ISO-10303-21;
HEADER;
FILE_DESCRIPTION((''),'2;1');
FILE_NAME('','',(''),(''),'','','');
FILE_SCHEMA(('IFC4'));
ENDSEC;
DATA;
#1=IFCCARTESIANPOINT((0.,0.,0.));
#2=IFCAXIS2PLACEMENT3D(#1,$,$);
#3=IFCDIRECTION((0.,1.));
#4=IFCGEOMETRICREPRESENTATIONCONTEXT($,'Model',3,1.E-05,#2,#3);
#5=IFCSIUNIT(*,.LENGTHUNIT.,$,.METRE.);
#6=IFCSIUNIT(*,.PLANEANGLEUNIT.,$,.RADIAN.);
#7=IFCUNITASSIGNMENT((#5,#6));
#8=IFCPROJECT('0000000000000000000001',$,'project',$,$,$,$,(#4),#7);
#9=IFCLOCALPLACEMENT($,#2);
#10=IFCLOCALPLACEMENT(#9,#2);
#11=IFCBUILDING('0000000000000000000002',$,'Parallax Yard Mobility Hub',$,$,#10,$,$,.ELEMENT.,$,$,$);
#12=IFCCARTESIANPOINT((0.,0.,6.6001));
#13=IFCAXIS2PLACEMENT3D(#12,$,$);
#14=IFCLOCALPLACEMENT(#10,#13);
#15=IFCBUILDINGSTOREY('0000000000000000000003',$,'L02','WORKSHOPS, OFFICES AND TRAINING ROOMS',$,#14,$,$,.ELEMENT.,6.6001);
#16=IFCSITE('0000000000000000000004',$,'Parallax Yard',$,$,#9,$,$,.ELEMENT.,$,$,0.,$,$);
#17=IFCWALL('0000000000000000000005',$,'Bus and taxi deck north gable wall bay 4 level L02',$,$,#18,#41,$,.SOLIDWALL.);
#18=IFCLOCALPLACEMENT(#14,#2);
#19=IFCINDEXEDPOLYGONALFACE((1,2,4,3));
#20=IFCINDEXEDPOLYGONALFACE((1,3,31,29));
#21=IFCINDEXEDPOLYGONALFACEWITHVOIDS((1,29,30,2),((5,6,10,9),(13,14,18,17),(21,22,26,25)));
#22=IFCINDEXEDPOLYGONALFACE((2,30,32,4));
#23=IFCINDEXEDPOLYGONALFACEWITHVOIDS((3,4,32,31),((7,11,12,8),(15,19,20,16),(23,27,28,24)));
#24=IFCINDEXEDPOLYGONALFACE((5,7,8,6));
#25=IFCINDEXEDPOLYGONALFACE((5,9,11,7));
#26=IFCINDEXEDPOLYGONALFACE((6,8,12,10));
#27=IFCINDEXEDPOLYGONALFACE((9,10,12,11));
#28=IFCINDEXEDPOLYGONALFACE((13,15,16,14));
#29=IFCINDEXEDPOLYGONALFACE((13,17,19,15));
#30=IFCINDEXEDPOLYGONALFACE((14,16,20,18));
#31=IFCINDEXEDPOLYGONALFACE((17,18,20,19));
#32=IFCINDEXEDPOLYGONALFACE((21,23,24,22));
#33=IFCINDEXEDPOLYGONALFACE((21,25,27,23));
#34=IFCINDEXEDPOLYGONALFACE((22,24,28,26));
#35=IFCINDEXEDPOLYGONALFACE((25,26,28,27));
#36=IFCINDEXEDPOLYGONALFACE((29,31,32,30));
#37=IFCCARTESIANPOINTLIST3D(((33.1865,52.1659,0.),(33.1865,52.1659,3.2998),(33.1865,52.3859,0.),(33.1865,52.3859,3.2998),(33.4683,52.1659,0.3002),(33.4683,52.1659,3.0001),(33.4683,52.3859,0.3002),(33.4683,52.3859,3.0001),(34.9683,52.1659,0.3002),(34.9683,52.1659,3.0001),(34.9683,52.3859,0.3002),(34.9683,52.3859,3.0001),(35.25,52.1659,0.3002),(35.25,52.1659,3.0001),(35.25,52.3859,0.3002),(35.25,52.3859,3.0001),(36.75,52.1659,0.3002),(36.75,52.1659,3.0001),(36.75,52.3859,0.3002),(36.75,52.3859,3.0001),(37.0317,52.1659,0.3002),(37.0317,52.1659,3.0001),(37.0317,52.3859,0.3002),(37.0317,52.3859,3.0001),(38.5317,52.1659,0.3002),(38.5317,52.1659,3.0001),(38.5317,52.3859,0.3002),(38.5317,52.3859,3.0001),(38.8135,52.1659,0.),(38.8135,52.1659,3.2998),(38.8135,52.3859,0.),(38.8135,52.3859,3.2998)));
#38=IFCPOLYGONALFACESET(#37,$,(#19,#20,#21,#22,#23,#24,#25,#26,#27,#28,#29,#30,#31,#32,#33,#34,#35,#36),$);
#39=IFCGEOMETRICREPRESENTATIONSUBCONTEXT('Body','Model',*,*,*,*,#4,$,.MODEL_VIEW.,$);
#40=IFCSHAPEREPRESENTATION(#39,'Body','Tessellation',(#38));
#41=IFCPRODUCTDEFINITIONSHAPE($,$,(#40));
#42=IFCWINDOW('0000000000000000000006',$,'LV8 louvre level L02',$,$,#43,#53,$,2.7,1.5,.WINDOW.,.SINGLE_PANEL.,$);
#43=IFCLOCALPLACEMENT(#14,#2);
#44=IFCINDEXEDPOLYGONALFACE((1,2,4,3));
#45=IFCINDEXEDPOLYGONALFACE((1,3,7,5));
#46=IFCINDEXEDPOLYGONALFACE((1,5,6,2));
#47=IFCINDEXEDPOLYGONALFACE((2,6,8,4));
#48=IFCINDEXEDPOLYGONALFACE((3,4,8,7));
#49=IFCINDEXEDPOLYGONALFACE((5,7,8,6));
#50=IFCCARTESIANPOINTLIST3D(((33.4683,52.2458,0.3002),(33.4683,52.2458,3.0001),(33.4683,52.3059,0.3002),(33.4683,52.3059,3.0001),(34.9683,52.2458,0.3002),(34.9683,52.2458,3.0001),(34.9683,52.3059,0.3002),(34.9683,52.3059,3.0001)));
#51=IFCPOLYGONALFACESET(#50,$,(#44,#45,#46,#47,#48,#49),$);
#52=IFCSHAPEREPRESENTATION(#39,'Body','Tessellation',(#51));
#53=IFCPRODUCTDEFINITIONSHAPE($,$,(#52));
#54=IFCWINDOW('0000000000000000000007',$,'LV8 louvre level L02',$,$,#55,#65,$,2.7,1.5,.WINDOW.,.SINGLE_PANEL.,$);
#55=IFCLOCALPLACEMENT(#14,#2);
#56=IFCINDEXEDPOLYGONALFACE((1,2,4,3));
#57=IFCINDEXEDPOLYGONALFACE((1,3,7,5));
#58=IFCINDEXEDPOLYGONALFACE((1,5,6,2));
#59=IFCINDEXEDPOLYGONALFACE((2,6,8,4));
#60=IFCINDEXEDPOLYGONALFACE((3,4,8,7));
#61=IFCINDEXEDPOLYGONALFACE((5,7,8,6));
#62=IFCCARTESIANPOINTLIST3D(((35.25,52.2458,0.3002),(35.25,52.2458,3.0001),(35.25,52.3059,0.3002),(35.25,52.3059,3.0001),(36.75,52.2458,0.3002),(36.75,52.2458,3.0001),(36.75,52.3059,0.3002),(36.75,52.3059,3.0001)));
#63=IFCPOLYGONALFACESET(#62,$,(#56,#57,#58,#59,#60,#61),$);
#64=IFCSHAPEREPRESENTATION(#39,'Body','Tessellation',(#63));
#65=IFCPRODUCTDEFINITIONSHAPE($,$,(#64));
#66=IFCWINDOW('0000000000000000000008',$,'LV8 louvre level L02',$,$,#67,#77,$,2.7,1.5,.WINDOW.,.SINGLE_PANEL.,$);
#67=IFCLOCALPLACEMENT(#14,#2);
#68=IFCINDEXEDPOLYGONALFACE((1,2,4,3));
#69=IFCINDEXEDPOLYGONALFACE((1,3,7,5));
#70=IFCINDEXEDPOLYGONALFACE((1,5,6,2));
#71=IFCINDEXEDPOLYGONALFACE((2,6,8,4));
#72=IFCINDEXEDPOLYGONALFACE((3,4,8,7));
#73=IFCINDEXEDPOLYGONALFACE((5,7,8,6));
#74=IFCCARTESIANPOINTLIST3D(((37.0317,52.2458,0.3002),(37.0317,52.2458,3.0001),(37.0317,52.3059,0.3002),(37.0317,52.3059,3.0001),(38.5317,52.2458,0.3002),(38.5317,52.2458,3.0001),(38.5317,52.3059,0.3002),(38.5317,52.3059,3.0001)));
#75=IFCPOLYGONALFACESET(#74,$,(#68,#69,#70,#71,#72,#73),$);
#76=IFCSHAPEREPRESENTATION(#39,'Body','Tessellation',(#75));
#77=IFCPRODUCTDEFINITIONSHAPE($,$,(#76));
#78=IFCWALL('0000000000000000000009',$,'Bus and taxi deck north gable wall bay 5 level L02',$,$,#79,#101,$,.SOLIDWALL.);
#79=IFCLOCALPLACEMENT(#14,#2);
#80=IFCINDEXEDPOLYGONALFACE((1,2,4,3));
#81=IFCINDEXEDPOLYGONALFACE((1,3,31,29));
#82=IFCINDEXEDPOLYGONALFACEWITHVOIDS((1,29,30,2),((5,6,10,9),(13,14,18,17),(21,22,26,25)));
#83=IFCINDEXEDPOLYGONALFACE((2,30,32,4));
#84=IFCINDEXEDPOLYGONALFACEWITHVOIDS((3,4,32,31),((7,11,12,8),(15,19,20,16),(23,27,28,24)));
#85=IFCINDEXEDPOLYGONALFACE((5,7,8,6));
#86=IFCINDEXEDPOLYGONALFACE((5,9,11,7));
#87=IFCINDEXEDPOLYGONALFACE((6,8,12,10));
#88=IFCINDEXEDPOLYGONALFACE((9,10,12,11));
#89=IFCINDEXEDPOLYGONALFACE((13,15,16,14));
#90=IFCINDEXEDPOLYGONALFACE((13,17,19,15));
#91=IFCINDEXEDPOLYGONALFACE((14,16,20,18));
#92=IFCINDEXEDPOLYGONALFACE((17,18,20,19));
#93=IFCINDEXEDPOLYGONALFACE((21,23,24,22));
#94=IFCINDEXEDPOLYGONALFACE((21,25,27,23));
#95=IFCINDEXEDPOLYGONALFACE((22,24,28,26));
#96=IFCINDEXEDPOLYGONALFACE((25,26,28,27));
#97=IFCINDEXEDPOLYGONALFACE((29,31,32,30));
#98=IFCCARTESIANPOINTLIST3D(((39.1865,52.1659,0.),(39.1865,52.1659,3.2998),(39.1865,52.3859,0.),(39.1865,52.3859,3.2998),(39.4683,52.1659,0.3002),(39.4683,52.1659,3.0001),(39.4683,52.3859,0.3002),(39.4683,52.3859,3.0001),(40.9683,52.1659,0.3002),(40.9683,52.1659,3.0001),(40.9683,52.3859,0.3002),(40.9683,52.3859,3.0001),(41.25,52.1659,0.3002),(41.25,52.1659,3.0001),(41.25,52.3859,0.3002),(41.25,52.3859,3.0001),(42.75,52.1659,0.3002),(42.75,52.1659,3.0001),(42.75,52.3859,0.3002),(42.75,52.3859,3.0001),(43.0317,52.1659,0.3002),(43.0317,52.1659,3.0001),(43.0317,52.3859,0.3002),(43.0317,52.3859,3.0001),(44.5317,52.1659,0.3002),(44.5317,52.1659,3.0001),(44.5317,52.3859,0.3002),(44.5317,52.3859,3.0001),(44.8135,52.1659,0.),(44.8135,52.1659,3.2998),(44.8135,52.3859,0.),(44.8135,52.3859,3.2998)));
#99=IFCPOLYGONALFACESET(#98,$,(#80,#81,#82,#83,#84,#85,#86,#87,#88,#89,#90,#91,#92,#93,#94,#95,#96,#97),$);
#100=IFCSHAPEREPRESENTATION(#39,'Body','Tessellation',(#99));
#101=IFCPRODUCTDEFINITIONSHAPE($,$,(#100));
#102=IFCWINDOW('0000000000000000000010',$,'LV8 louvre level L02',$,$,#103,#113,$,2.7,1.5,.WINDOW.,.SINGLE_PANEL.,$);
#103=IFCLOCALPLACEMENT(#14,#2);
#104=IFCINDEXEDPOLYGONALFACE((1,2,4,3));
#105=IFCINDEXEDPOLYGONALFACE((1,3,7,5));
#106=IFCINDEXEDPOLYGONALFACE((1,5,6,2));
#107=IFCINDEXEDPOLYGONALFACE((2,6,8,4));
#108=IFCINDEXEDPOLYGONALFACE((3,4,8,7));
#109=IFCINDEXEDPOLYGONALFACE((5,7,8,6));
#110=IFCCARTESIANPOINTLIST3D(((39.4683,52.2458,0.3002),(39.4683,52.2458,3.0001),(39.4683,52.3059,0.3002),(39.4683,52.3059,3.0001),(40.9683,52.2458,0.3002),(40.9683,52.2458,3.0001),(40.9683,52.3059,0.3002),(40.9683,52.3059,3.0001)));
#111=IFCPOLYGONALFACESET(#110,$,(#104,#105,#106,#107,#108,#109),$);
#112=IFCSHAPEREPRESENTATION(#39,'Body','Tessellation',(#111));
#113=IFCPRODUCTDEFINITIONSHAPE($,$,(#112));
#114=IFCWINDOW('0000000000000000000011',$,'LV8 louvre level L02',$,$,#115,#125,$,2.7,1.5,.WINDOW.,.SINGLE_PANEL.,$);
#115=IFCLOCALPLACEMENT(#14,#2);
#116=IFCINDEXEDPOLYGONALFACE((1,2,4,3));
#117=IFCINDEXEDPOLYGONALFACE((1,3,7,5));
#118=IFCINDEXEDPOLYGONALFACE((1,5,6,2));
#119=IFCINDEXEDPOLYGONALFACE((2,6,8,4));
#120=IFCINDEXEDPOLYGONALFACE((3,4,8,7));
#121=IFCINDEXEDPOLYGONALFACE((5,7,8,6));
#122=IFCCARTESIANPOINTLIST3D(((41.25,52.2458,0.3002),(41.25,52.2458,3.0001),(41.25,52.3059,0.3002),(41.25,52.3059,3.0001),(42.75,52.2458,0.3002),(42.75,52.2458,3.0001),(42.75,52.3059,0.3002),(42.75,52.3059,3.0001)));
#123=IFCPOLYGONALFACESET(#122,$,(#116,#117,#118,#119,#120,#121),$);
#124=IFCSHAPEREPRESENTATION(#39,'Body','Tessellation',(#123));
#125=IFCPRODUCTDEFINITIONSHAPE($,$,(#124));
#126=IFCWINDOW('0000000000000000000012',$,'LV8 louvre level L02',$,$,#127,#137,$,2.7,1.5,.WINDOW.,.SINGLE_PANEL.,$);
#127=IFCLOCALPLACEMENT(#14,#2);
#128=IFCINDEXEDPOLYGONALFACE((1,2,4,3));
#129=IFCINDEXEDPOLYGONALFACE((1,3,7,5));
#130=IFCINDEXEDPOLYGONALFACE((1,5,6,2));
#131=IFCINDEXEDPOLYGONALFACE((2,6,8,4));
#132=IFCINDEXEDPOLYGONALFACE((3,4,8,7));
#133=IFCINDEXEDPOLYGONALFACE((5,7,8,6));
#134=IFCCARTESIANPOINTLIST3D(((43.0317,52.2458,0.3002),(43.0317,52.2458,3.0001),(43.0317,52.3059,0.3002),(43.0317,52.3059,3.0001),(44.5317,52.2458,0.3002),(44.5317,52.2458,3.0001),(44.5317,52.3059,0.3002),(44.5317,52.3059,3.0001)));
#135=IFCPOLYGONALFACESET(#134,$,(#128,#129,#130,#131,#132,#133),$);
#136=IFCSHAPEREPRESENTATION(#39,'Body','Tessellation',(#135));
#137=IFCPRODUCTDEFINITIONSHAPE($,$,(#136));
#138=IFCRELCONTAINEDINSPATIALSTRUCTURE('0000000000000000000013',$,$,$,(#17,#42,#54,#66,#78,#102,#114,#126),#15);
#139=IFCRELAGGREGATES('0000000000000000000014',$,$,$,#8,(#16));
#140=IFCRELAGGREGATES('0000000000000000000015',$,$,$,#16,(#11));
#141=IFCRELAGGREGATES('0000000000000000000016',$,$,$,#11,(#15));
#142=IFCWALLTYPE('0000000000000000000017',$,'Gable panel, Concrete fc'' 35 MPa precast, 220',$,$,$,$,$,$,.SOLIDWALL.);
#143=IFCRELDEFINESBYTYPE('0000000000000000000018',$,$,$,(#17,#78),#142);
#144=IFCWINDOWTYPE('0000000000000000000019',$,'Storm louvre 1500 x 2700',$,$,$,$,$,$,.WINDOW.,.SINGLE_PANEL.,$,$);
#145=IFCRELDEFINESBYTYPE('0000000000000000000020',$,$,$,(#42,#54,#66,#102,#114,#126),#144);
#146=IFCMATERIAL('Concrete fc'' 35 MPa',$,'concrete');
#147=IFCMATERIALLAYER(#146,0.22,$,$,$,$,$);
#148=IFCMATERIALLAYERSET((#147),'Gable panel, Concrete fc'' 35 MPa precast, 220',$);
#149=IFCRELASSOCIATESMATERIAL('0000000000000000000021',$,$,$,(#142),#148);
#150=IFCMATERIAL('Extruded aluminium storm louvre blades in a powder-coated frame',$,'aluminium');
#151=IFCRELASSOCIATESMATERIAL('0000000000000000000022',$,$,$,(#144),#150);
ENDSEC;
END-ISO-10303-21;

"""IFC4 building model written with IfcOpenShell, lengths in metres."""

from ifc_helpers import new_model, si_unit, direction, frame, frame_2d, origin, place, context, subcontext, project, spatial, rectangle, extrude, material, layer, layer_set, type_object, element, fill, save


model = new_model("IFC4")

# Units and contexts
model_context = context("Model", 3, precision=1e-05, world=origin(), true_north=direction((0.0, 1.0)))
body_context = subcontext(model_context, "Body", "Model", "MODEL_VIEW")
ifc_project = project(units=[si_unit("LENGTHUNIT", "METRE"), si_unit("PLANEANGLEUNIT", "RADIAN")], contexts=[model_context])

# Site, building, storey
site_placement = place(None, origin())
site = spatial("IfcSite", under=ifc_project, at=site_placement, Name="Parallax Yard", CompositionType="ELEMENT", RefElevation=0.0)
building_placement = place(site_placement, origin())
building = spatial("IfcBuilding", under=site, at=building_placement, Name="Parallax Yard Mobility Hub", CompositionType="ELEMENT")
storey_placement = place(building_placement, frame((0.0, 0.0, 6.6001)))
storey = spatial("IfcBuildingStorey", under=building, at=storey_placement, Name="L02", Description="WORKSHOPS, OFFICES AND TRAINING ROOMS", CompositionType="ELEMENT", Elevation=6.6001)

# Walls, openings, windows
ifc_material_1 = material(Name="Concrete fc' 35 MPa", Category="concrete")
ifc_layer = layer(ifc_material_1, 0.22)
ifc_layer_set = layer_set([ifc_layer], Name="Gable panel, Concrete fc' 35 MPa precast, 220")
wall_type = type_object("IfcWallType", Name="Gable panel, Concrete fc' 35 MPa precast, 220", PredefinedType="SOLIDWALL", material=ifc_layer_set)
ifc_material_2 = material(Name="Extruded aluminium storm louvre blades in a powder-coated frame", Category="aluminium")
window_type = type_object("IfcWindowType", Name="Storm louvre 1500 x 2700", PartitioningType="SINGLE_PANEL", PredefinedType="WINDOW", material=ifc_material_2)
wall_1_placement = place(storey_placement, frame((33.1865, 52.2759, 0.0), z_axis=(0.0, 0.0, 1.0), x_axis=(1.0, 0.0, 0.0)))
wall_1 = element("IfcWall", 1, at=wall_1_placement, inside=storey, type_object=wall_type, Name="Bus and taxi deck north gable wall bay 4 level L02", PredefinedType="SOLIDWALL", context=body_context, shape_type="SweptSolid", body=[
    extrude(rectangle(XDim=5.627, YDim=0.22, at=frame_2d((2.8135, 0.0))), origin(), (0.0, 0.0, 1.0), 3.2998),
])
opening_1_placement = place(wall_1_placement, frame((0.2817, 0.0, 0.3)))
opening_1 = element("IfcOpeningElement", 2, at=opening_1_placement, cuts=wall_1, PredefinedType="OPENING", context=body_context, shape_type="SweptSolid", body=[
    extrude(rectangle(XDim=1.5, YDim=2.7, at=frame_2d((0.75, 1.3501))), frame((0.0, 0.1201, 0.0), z_axis=(0.0, -1.0, 0.0), x_axis=(1.0, 0.0, 0.0)), (0.0, 0.0, 1.0), 0.24),
])
opening_2_placement = place(wall_1_placement, frame((2.0635, 0.0, 0.3)))
opening_2 = element("IfcOpeningElement", 3, at=opening_2_placement, cuts=wall_1, PredefinedType="OPENING", context=body_context, shape_type="SweptSolid", body=[
    extrude(rectangle(XDim=1.5, YDim=2.7, at=frame_2d((0.75, 1.3501))), frame((0.0, 0.1201, 0.0), z_axis=(0.0, -1.0, 0.0), x_axis=(1.0, 0.0, 0.0)), (0.0, 0.0, 1.0), 0.24),
])
opening_3_placement = place(wall_1_placement, frame((3.8452, 0.0, 0.3)))
opening_3 = element("IfcOpeningElement", 4, at=opening_3_placement, cuts=wall_1, PredefinedType="OPENING", context=body_context, shape_type="SweptSolid", body=[
    extrude(rectangle(XDim=1.5, YDim=2.7, at=frame_2d((0.75, 1.3501))), frame((0.0, 0.1201, 0.0), z_axis=(0.0, -1.0, 0.0), x_axis=(1.0, 0.0, 0.0)), (0.0, 0.0, 1.0), 0.24),
])
window_1_placement = place(opening_1_placement, origin())
window_1 = element("IfcWindow", 5, at=window_1_placement, inside=storey, type_object=window_type, Name="LV8 louvre level L02", OverallHeight=2.7, OverallWidth=1.5, PartitioningType="SINGLE_PANEL", PredefinedType="WINDOW", context=body_context, shape_type="SweptSolid", body=[
    extrude(rectangle(XDim=1.5, YDim=2.7, at=frame_2d((0.75, 1.3501))), frame((0.0, 0.03, 0.0), z_axis=(0.0, -1.0, 0.0), x_axis=(1.0, 0.0, 0.0)), (0.0, 0.0, 1.0), 0.0601),
])
fill(opening_1, window_1)
window_2_placement = place(opening_2_placement, origin())
window_2 = element("IfcWindow", 6, at=window_2_placement, inside=storey, type_object=window_type, Name="LV8 louvre level L02", OverallHeight=2.7, OverallWidth=1.5, PartitioningType="SINGLE_PANEL", PredefinedType="WINDOW", context=body_context, shape_type="SweptSolid", body=[
    extrude(rectangle(XDim=1.5, YDim=2.7, at=frame_2d((0.75, 1.3501))), frame((0.0, 0.03, 0.0), z_axis=(0.0, -1.0, 0.0), x_axis=(1.0, 0.0, 0.0)), (0.0, 0.0, 1.0), 0.0601),
])
fill(opening_2, window_2)
window_3_placement = place(opening_3_placement, origin())
window_3 = element("IfcWindow", 7, at=window_3_placement, inside=storey, type_object=window_type, Name="LV8 louvre level L02", OverallHeight=2.7, OverallWidth=1.5, PartitioningType="SINGLE_PANEL", PredefinedType="WINDOW", context=body_context, shape_type="SweptSolid", body=[
    extrude(rectangle(XDim=1.5, YDim=2.7, at=frame_2d((0.75, 1.3501))), frame((0.0, 0.03, 0.0), z_axis=(0.0, -1.0, 0.0), x_axis=(1.0, 0.0, 0.0)), (0.0, 0.0, 1.0), 0.0601),
])
fill(opening_3, window_3)
wall_2_placement = place(storey_placement, frame((39.1865, 52.2759, 0.0), z_axis=(0.0, 0.0, 1.0), x_axis=(1.0, 0.0, 0.0)))
wall_2 = element("IfcWall", 8, at=wall_2_placement, inside=storey, type_object=wall_type, Name="Bus and taxi deck north gable wall bay 5 level L02", PredefinedType="SOLIDWALL", context=body_context, shape_type="SweptSolid", body=[
    extrude(rectangle(XDim=5.627, YDim=0.22, at=frame_2d((2.8135, 0.0))), origin(), (0.0, 0.0, 1.0), 3.2998),
])
opening_4_placement = place(wall_2_placement, frame((0.2817, 0.0, 0.3)))
opening_4 = element("IfcOpeningElement", 9, at=opening_4_placement, cuts=wall_2, PredefinedType="OPENING", context=body_context, shape_type="SweptSolid", body=[
    extrude(rectangle(XDim=1.5, YDim=2.7, at=frame_2d((0.75, 1.3501))), frame((0.0, 0.1201, 0.0), z_axis=(0.0, -1.0, 0.0), x_axis=(1.0, 0.0, 0.0)), (0.0, 0.0, 1.0), 0.24),
])
opening_5_placement = place(wall_2_placement, frame((2.0635, 0.0, 0.3)))
opening_5 = element("IfcOpeningElement", 10, at=opening_5_placement, cuts=wall_2, PredefinedType="OPENING", context=body_context, shape_type="SweptSolid", body=[
    extrude(rectangle(XDim=1.5, YDim=2.7, at=frame_2d((0.75, 1.3501))), frame((0.0, 0.1201, 0.0), z_axis=(0.0, -1.0, 0.0), x_axis=(1.0, 0.0, 0.0)), (0.0, 0.0, 1.0), 0.24),
])
opening_6_placement = place(wall_2_placement, frame((3.8452, 0.0, 0.3)))
opening_6 = element("IfcOpeningElement", 11, at=opening_6_placement, cuts=wall_2, PredefinedType="OPENING", context=body_context, shape_type="SweptSolid", body=[
    extrude(rectangle(XDim=1.5, YDim=2.7, at=frame_2d((0.75, 1.3501))), frame((0.0, 0.1201, 0.0), z_axis=(0.0, -1.0, 0.0), x_axis=(1.0, 0.0, 0.0)), (0.0, 0.0, 1.0), 0.24),
])
window_4_placement = place(opening_4_placement, origin())
window_4 = element("IfcWindow", 12, at=window_4_placement, inside=storey, type_object=window_type, Name="LV8 louvre level L02", OverallHeight=2.7, OverallWidth=1.5, PartitioningType="SINGLE_PANEL", PredefinedType="WINDOW", context=body_context, shape_type="SweptSolid", body=[
    extrude(rectangle(XDim=1.5, YDim=2.7, at=frame_2d((0.75, 1.3501))), frame((0.0, 0.03, 0.0), z_axis=(0.0, -1.0, 0.0), x_axis=(1.0, 0.0, 0.0)), (0.0, 0.0, 1.0), 0.0601),
])
fill(opening_4, window_4)
window_5_placement = place(opening_5_placement, origin())
window_5 = element("IfcWindow", 13, at=window_5_placement, inside=storey, type_object=window_type, Name="LV8 louvre level L02", OverallHeight=2.7, OverallWidth=1.5, PartitioningType="SINGLE_PANEL", PredefinedType="WINDOW", context=body_context, shape_type="SweptSolid", body=[
    extrude(rectangle(XDim=1.5, YDim=2.7, at=frame_2d((0.75, 1.3501))), frame((0.0, 0.03, 0.0), z_axis=(0.0, -1.0, 0.0), x_axis=(1.0, 0.0, 0.0)), (0.0, 0.0, 1.0), 0.0601),
])
fill(opening_5, window_5)
window_6_placement = place(opening_6_placement, origin())
window_6 = element("IfcWindow", 14, at=window_6_placement, inside=storey, type_object=window_type, Name="LV8 louvre level L02", OverallHeight=2.7, OverallWidth=1.5, PartitioningType="SINGLE_PANEL", PredefinedType="WINDOW", context=body_context, shape_type="SweptSolid", body=[
    extrude(rectangle(XDim=1.5, YDim=2.7, at=frame_2d((0.75, 1.3501))), frame((0.0, 0.03, 0.0), z_axis=(0.0, -1.0, 0.0), x_axis=(1.0, 0.0, 0.0)), (0.0, 0.0, 1.0), 0.0601),
])
fill(opening_6, window_6)

save(model, "model.ifc")
